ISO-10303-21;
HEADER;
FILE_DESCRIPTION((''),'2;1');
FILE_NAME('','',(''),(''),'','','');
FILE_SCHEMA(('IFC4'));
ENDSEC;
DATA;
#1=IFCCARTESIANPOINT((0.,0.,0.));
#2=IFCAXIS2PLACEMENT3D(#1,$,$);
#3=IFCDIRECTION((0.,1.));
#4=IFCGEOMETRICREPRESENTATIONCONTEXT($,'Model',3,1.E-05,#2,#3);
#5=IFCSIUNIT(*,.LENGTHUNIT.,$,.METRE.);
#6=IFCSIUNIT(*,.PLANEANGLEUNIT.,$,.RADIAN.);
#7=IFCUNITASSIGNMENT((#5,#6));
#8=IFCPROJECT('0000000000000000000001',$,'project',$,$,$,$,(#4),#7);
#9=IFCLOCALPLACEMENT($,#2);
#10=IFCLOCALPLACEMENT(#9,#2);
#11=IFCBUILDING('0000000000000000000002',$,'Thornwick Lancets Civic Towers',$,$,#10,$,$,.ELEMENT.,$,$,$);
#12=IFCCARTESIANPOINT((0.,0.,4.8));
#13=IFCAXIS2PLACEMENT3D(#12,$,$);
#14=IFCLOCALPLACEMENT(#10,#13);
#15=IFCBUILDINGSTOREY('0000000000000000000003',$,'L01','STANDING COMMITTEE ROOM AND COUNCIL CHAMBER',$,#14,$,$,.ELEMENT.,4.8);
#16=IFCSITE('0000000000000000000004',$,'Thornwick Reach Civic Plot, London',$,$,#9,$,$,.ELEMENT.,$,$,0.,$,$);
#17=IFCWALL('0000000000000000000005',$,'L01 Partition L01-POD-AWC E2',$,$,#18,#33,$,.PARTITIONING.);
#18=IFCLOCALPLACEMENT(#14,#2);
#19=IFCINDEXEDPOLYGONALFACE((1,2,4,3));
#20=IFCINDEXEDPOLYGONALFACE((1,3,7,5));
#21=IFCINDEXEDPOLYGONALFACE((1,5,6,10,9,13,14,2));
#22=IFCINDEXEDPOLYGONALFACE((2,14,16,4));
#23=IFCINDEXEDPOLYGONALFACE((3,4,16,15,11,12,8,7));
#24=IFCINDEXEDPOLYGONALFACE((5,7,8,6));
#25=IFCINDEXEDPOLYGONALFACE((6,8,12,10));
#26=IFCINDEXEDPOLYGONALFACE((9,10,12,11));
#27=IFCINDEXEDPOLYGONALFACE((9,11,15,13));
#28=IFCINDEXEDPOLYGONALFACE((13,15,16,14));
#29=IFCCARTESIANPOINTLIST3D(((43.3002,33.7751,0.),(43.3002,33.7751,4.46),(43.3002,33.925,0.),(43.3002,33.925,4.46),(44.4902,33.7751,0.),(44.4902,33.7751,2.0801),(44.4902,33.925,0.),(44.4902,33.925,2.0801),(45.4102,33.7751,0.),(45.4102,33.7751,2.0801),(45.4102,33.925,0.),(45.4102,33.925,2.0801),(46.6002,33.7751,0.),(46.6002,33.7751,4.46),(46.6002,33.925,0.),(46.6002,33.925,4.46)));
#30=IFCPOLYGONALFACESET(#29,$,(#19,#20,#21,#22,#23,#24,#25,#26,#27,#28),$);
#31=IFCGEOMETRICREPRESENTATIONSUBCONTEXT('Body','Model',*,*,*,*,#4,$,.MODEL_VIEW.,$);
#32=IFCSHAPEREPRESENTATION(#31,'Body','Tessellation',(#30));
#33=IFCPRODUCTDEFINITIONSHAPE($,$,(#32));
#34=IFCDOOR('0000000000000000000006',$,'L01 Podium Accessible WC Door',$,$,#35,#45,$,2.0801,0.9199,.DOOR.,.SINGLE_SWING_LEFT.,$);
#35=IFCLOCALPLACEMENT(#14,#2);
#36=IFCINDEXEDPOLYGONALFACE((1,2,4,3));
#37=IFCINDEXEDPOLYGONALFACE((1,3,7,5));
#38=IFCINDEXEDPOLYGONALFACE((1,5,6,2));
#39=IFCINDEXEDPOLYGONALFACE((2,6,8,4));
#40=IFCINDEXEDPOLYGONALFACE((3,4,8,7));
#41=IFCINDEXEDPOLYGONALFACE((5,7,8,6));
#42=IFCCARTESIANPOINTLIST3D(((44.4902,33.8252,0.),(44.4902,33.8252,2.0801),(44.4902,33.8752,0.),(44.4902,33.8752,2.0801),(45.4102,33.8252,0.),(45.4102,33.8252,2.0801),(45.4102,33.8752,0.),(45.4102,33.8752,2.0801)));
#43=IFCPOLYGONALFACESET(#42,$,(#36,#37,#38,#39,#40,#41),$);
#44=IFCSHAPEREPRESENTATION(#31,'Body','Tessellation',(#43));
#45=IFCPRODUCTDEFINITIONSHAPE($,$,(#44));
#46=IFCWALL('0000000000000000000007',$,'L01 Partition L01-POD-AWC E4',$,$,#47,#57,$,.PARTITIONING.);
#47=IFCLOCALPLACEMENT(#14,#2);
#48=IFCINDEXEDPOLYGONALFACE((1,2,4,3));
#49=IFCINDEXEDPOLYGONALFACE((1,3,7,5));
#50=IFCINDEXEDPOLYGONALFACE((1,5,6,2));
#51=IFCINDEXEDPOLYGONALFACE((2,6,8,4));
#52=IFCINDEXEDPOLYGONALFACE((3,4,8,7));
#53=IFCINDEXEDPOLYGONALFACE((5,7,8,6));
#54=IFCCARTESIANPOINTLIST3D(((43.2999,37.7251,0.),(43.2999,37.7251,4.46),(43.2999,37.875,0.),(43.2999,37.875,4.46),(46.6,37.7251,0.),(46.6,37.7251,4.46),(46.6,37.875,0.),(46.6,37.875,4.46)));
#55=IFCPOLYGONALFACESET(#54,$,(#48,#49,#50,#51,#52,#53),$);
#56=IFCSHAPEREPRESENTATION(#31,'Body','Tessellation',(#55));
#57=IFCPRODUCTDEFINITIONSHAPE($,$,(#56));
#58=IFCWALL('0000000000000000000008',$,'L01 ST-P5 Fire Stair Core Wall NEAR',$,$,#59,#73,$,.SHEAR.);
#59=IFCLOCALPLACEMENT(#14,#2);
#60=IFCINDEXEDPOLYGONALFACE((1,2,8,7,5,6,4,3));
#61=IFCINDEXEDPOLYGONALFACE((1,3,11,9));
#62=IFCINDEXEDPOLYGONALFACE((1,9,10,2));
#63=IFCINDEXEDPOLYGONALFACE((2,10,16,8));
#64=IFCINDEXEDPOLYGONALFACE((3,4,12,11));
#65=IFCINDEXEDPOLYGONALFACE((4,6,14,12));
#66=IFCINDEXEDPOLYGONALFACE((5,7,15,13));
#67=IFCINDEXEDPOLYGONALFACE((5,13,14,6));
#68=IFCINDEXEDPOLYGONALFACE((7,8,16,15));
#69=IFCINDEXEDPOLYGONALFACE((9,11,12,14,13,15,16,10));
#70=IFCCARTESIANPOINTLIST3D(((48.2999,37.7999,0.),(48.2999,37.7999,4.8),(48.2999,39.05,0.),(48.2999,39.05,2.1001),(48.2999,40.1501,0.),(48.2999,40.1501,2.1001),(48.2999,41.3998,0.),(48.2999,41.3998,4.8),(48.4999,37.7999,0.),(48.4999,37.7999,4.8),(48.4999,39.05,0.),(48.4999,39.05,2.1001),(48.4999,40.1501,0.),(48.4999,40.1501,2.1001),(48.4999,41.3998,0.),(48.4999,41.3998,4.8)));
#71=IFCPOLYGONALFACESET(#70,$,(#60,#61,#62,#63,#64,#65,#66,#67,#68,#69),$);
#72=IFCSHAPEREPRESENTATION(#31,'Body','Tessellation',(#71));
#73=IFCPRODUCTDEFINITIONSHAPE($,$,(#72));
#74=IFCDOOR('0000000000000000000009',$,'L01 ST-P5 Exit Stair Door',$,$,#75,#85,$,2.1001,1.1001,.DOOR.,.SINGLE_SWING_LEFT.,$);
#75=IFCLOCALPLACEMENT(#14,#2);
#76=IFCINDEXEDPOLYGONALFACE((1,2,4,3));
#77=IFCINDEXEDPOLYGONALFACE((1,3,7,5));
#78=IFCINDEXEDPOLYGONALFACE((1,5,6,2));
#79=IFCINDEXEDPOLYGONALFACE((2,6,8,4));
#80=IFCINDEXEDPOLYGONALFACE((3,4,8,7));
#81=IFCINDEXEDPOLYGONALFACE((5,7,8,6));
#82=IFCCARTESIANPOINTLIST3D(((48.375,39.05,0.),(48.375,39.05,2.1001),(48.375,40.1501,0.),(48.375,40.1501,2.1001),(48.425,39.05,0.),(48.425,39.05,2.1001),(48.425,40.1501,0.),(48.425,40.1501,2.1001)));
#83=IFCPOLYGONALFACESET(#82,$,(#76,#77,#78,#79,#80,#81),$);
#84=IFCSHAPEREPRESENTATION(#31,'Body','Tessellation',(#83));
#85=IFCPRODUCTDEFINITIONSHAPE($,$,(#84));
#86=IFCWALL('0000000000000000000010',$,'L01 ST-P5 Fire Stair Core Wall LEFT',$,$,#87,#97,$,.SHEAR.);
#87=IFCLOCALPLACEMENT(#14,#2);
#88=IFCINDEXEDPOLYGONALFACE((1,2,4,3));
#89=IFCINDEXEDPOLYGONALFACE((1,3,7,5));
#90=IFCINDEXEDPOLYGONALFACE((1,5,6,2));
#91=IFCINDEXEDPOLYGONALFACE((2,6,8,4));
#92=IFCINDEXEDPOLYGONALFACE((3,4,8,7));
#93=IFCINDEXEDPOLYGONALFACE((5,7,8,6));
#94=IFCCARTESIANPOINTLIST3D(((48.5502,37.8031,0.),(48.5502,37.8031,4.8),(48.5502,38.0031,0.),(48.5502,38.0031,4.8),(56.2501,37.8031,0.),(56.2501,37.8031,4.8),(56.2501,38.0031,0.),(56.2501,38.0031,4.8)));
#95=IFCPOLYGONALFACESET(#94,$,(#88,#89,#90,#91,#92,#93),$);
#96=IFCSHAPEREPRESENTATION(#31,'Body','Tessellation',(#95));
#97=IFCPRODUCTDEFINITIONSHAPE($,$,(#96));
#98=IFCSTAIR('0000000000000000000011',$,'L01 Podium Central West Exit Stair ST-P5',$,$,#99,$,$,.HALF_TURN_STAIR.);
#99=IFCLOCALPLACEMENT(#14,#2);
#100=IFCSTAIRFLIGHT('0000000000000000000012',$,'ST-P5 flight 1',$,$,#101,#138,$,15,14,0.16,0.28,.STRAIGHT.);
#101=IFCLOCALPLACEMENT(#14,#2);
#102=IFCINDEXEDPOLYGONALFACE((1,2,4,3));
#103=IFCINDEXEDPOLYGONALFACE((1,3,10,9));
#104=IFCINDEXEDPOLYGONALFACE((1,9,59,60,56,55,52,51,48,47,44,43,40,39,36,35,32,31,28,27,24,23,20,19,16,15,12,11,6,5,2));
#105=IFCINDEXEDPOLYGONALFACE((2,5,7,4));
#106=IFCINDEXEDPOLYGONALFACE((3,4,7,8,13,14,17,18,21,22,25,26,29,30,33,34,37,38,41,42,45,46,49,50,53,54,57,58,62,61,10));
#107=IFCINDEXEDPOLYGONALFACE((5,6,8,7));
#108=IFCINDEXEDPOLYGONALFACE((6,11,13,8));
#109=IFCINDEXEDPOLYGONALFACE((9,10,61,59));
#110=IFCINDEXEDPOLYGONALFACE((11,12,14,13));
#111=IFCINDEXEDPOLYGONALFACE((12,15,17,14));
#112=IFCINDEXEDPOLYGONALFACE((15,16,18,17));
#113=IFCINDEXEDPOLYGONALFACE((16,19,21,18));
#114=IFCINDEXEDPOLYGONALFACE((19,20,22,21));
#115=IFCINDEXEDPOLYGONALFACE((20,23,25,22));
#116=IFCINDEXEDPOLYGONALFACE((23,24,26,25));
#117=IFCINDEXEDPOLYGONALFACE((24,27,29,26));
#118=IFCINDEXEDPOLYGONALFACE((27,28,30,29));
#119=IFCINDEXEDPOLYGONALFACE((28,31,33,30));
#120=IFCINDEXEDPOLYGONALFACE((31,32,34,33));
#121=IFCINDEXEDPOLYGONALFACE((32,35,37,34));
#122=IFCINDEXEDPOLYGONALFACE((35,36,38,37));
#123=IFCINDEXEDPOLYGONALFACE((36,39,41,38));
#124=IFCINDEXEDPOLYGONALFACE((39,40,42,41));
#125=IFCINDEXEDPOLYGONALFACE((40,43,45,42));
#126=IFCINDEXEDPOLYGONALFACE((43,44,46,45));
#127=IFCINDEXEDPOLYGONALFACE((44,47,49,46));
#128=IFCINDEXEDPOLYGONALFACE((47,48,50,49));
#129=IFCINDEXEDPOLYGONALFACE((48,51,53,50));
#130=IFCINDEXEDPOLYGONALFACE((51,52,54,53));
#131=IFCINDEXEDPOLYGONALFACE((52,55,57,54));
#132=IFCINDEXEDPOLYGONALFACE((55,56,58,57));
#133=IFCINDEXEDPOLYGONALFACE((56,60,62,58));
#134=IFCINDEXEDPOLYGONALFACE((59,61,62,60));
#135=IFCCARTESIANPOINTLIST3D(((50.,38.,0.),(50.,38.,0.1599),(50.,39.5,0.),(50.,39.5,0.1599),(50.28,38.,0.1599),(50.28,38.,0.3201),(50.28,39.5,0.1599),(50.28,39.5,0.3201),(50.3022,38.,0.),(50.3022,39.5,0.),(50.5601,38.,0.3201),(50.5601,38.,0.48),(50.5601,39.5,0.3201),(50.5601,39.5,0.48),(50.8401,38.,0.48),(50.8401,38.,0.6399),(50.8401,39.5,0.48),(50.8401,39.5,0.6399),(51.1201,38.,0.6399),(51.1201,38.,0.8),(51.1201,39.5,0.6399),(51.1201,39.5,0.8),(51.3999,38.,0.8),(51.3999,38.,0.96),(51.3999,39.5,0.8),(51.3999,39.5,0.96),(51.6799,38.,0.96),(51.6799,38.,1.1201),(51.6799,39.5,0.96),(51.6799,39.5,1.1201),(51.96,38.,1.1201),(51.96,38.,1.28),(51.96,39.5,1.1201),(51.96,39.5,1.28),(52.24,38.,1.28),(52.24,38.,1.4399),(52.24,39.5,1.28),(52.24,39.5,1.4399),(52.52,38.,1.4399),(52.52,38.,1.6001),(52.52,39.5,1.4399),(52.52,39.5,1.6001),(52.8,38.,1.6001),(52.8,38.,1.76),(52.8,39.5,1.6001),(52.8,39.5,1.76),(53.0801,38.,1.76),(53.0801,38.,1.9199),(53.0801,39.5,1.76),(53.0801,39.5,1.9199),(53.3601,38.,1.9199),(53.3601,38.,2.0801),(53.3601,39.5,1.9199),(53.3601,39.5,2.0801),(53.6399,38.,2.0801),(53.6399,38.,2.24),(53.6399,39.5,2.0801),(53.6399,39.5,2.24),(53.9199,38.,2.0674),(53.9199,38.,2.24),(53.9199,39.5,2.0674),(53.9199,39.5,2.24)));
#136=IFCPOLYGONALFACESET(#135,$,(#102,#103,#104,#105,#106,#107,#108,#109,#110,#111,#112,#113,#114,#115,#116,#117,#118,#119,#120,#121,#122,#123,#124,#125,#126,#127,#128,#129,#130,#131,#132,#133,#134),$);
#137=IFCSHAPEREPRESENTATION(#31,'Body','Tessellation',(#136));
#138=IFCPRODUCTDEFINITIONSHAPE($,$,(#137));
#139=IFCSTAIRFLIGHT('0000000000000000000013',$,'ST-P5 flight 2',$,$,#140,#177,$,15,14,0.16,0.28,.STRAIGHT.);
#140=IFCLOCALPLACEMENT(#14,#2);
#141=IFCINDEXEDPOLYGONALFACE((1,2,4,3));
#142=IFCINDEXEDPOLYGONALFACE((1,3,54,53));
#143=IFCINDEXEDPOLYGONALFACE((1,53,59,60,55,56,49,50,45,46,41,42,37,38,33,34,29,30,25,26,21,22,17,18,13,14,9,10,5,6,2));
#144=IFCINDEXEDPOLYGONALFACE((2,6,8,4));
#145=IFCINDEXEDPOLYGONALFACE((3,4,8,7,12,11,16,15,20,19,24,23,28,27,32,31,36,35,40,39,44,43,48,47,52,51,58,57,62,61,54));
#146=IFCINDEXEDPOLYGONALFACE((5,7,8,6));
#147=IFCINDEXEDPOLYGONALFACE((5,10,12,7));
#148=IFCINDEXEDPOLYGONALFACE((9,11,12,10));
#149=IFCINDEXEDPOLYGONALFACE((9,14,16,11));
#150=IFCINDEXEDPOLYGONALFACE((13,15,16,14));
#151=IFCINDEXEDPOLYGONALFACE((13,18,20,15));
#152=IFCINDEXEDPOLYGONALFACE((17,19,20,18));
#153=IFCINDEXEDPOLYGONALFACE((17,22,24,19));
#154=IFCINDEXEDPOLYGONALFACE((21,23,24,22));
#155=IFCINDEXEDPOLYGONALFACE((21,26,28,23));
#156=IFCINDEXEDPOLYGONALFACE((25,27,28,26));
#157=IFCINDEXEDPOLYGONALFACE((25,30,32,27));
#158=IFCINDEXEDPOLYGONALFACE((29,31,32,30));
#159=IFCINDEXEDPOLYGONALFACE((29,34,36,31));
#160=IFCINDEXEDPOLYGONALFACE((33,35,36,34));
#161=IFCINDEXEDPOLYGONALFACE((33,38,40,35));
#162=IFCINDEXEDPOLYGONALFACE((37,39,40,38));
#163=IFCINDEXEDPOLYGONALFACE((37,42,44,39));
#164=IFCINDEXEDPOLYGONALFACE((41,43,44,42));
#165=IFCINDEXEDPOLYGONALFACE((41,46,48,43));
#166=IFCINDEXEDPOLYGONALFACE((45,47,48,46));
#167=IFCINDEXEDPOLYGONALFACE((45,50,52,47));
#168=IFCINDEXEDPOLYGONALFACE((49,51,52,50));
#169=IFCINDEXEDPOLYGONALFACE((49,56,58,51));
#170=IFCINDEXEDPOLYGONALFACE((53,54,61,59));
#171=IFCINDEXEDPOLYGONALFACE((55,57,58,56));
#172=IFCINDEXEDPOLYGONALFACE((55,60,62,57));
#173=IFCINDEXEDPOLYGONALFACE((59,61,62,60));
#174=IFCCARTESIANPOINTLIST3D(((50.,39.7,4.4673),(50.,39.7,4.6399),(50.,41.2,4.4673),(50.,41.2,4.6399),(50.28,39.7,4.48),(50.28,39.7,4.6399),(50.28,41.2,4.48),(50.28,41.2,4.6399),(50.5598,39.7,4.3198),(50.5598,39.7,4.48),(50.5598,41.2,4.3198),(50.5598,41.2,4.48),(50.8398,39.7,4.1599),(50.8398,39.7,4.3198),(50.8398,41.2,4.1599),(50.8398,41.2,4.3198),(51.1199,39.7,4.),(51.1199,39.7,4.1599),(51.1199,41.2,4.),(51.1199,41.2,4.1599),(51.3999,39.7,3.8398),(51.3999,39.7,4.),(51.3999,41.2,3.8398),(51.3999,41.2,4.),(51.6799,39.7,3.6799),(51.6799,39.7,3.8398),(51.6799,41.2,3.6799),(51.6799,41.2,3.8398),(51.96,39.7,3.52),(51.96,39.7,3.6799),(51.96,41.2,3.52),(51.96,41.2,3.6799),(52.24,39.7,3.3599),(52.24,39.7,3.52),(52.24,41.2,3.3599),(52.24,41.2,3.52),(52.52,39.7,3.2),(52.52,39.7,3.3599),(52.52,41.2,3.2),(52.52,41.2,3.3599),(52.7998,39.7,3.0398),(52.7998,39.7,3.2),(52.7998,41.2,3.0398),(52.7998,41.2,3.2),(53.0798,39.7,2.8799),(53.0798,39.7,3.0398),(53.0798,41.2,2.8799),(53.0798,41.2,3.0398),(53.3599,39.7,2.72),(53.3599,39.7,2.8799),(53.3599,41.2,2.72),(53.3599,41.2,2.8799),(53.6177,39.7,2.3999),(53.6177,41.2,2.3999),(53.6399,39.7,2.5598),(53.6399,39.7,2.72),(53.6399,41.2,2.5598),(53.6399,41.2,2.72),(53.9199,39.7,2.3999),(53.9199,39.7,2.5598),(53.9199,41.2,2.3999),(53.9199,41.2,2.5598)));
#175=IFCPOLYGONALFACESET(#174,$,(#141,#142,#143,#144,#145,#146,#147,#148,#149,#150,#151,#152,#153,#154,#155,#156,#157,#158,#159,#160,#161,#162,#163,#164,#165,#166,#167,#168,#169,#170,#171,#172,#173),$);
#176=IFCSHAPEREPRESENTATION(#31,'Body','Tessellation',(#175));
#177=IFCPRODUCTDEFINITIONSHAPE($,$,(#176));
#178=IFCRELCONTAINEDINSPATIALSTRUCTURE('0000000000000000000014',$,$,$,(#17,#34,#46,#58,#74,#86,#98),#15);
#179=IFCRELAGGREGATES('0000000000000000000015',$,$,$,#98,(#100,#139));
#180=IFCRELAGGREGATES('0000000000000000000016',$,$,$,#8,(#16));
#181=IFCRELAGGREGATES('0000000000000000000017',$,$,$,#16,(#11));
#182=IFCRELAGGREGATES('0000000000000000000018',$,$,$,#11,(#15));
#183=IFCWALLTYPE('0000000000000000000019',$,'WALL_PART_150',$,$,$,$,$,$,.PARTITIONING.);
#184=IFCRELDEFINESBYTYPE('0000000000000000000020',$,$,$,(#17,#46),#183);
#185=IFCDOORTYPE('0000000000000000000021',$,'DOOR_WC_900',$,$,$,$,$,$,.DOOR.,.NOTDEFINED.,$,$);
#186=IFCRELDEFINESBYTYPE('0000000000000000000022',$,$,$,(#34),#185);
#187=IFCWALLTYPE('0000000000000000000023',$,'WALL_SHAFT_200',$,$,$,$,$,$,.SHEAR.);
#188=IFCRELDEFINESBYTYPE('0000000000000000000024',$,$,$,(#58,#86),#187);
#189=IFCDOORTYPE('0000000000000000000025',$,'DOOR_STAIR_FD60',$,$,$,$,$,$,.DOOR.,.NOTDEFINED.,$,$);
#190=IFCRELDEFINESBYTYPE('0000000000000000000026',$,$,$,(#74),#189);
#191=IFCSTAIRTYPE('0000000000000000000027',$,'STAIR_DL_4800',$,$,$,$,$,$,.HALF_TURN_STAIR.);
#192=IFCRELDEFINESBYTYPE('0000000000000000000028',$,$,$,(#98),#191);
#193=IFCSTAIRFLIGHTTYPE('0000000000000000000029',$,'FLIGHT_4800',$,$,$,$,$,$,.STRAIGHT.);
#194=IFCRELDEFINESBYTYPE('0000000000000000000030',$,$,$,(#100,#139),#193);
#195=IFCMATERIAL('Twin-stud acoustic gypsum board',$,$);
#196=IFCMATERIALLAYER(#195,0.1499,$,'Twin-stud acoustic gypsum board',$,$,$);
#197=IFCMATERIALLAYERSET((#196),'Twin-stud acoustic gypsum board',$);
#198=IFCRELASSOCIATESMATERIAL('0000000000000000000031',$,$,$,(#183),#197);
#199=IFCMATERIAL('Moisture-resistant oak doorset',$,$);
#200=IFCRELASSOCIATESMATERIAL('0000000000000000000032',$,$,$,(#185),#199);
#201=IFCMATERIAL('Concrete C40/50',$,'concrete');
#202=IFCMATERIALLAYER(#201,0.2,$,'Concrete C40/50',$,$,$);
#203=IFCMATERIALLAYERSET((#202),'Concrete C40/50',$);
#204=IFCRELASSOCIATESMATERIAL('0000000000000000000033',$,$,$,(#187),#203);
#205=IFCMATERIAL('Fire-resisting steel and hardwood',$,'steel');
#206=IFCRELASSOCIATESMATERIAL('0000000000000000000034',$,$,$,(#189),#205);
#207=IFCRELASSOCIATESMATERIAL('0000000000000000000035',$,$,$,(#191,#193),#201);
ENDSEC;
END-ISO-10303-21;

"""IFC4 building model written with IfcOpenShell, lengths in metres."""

from ifc_helpers import new_model, si_unit, direction, frame, frame_2d, origin, place, context, subcontext, project, spatial, polyline, rectangle, outline, extrude, material, layer, layer_set, type_object, element, fill, aggregate, save


model = new_model("IFC4")

# Units and contexts
model_context = context("Model", 3, precision=1e-05, world=origin(), true_north=direction((0.0, 1.0)))
body_context = subcontext(model_context, "Body", "Model", "MODEL_VIEW")
ifc_project = project(units=[si_unit("LENGTHUNIT", "METRE"), si_unit("PLANEANGLEUNIT", "RADIAN")], contexts=[model_context])

# Site, building, storey
site_placement = place(None, origin())
site = spatial("IfcSite", under=ifc_project, at=site_placement, Name="Thornwick Reach Civic Plot, London", CompositionType="ELEMENT", RefElevation=0.0)
building_placement = place(site_placement, origin())
building = spatial("IfcBuilding", under=site, at=building_placement, Name="Thornwick Lancets Civic Towers", CompositionType="ELEMENT")
storey_placement = place(building_placement, frame((0.0, 0.0, 4.8)))
storey = spatial("IfcBuildingStorey", under=building, at=storey_placement, Name="L01", Description="STANDING COMMITTEE ROOM AND COUNCIL CHAMBER", CompositionType="ELEMENT", Elevation=4.8)

# Shared definitions
ifc_material_1 = material(Name="Twin-stud acoustic gypsum board")
ifc_layer_1 = layer(ifc_material_1, 0.1499, Name="Twin-stud acoustic gypsum board")
ifc_layer_set_1 = layer_set([ifc_layer_1], Name="Twin-stud acoustic gypsum board")
wall_type_1 = type_object("IfcWallType", Name="WALL_PART_150", PredefinedType="PARTITIONING", material=ifc_layer_set_1)

# Wall, opening, door
wall_1_placement = place(storey_placement, frame((46.6001, 33.8501, 0.0), z_axis=(0.0, 0.0, 1.0), x_axis=(-1.0, 0.0, 0.0)))
wall_1 = element("IfcWall", 1, at=wall_1_placement, inside=storey, type_object=wall_type_1, Name="L01 Partition L01-POD-AWC E2", PredefinedType="PARTITIONING", context=body_context, shape_type="SweptSolid", body=[
    extrude(rectangle(XDim=3.3, YDim=0.1499, at=frame_2d((1.6499, 0.0))), origin(), (0.0, 0.0, 1.0), 4.46),
])
opening_1_placement = place(wall_1_placement, frame((1.1899, 0.0, 0.0)))
opening_1 = element("IfcOpeningElement", 2, at=opening_1_placement, cuts=wall_1, PredefinedType="OPENING", context=body_context, shape_type="SweptSolid", body=[
    extrude(rectangle(XDim=0.9199, YDim=2.0801, at=frame_2d((0.46, 1.04))), frame((0.0, 0.085, 0.0), z_axis=(0.0, -1.0, 0.0), x_axis=(1.0, 0.0, 0.0)), (0.0, 0.0, 1.0), 0.1699),
])
ifc_material_2 = material(Name="Moisture-resistant oak doorset")
door_type_1 = type_object("IfcDoorType", Name="DOOR_WC_900", OperationType="NOTDEFINED", PredefinedType="DOOR", material=ifc_material_2)
door_1_placement = place(opening_1_placement, origin())
door_1 = element("IfcDoor", 3, at=door_1_placement, inside=storey, type_object=door_type_1, Name="L01 Podium Accessible WC Door", OperationType="SINGLE_SWING_LEFT", OverallHeight=2.0801, OverallWidth=0.9199, PredefinedType="DOOR", context=body_context, shape_type="SweptSolid", body=[
    extrude(rectangle(XDim=0.9199, YDim=2.0801, at=frame_2d((0.46, 1.04))), frame((0.0, 0.0249, 0.0), z_axis=(0.0, -1.0, 0.0), x_axis=(1.0, 0.0, 0.0)), (0.0, 0.0, 1.0), 0.05),
])
fill(opening_1, door_1)

# Wall
wall_2_placement = place(storey_placement, frame((43.3, 37.8, 0.0), z_axis=(0.0, 0.0, 1.0), x_axis=(1.0, 0.0, 0.0)))
element("IfcWall", 4, at=wall_2_placement, inside=storey, type_object=wall_type_1, Name="L01 Partition L01-POD-AWC E4", PredefinedType="PARTITIONING", context=body_context, shape_type="SweptSolid", body=[
    extrude(rectangle(XDim=3.3, YDim=0.1499, at=frame_2d((1.6499, 0.0))), origin(), (0.0, 0.0, 1.0), 4.46),
])

# Wall, opening, door
ifc_material_3 = material(Name="Concrete C40/50", Category="concrete")
ifc_layer_2 = layer(ifc_material_3, 0.2, Name="Concrete C40/50")
ifc_layer_set_2 = layer_set([ifc_layer_2], Name="Concrete C40/50")
wall_type_2 = type_object("IfcWallType", Name="WALL_SHAFT_200", PredefinedType="SHEAR", material=ifc_layer_set_2)
wall_3_placement = place(storey_placement, frame((48.3999, 37.8, 0.0), z_axis=(0.0, 0.0, 1.0), x_axis=(0.0, 1.0, 0.0)))
wall_3 = element("IfcWall", 5, at=wall_3_placement, inside=storey, type_object=wall_type_2, Name="L01 ST-P5 Fire Stair Core Wall NEAR", PredefinedType="SHEAR", context=body_context, shape_type="SweptSolid", body=[
    extrude(rectangle(XDim=3.5999, YDim=0.2, at=frame_2d((1.7998, 0.0))), origin(), (0.0, 0.0, 1.0), 4.8),
])
opening_2_placement = place(wall_3_placement, frame((1.25, 0.0, 0.0)))
opening_2 = element("IfcOpeningElement", 6, at=opening_2_placement, cuts=wall_3, PredefinedType="OPENING", context=body_context, shape_type="SweptSolid", body=[
    extrude(rectangle(XDim=1.1001, YDim=2.1001, at=frame_2d((0.55, 1.05))), frame((0.0, 0.1099, 0.0), z_axis=(0.0, -1.0, 0.0), x_axis=(1.0, 0.0, 0.0)), (0.0, 0.0, 1.0), 0.22),
])
ifc_material_4 = material(Name="Fire-resisting steel and hardwood", Category="steel")
door_type_2 = type_object("IfcDoorType", Name="DOOR_STAIR_FD60", OperationType="NOTDEFINED", PredefinedType="DOOR", material=ifc_material_4)
door_2_placement = place(opening_2_placement, origin())
door_2 = element("IfcDoor", 7, at=door_2_placement, inside=storey, type_object=door_type_2, Name="L01 ST-P5 Exit Stair Door", OperationType="SINGLE_SWING_LEFT", OverallHeight=2.1001, OverallWidth=1.1001, PredefinedType="DOOR", context=body_context, shape_type="SweptSolid", body=[
    extrude(rectangle(XDim=1.1001, YDim=2.1001, at=frame_2d((0.55, 1.05))), frame((0.0, 0.0249, 0.0), z_axis=(0.0, -1.0, 0.0), x_axis=(1.0, 0.0, 0.0)), (0.0, 0.0, 1.0), 0.05),
])
fill(opening_2, door_2)

# Wall
wall_4_placement = place(storey_placement, frame((48.55, 37.9031, 0.0), z_axis=(0.0, 0.0, 1.0), x_axis=(1.0, 0.0, 0.0)))
element("IfcWall", 8, at=wall_4_placement, inside=storey, type_object=wall_type_2, Name="L01 ST-P5 Fire Stair Core Wall LEFT", PredefinedType="SHEAR", context=body_context, shape_type="SweptSolid", body=[
    extrude(rectangle(XDim=7.7, YDim=0.2, at=frame_2d((3.8501, 0.0))), origin(), (0.0, 0.0, 1.0), 4.8),
])

# Stair, stair flights
stair_type = type_object("IfcStairType", Name="STAIR_DL_4800", PredefinedType="HALF_TURN_STAIR", material=ifc_material_3)
stair_placement = place(storey_placement, origin())
stair = element("IfcStair", 9, at=stair_placement, inside=storey, type_object=stair_type, Name="L01 Podium Central West Exit Stair ST-P5", PredefinedType="HALF_TURN_STAIR")
stair_flight_type = type_object("IfcStairFlightType", Name="FLIGHT_4800", PredefinedType="STRAIGHT", material=ifc_material_3)
stair_flight_1_placement = place(storey_placement, frame((50.0, 38.75, 0.0), z_axis=(0.0, 0.0, 1.0), x_axis=(1.0, 0.0, 0.0)))
stair_flight_1 = element("IfcStairFlight", 10, at=stair_flight_1_placement, type_object=stair_flight_type, Name="ST-P5 flight 1", NumberOfRisers=15, NumberOfTreads=14, PredefinedType="STRAIGHT", RiserHeight=0.16, TreadLength=0.28, context=body_context, shape_type="SweptSolid", body=[
    extrude(outline(polyline([(0.0, 0.0), (0.0, 0.1599), (0.28, 0.1599), (0.28, 0.3201), (0.5601, 0.3201), (0.5601, 0.48), (0.8401, 0.48), (0.8401, 0.6399), (1.1201, 0.6399), (1.1201, 0.8), (1.3999, 0.8), (1.3999, 0.96), (1.6799, 0.96), (1.6799, 1.1201), (1.96, 1.1201), (1.96, 1.28), (2.24, 1.28), (2.24, 1.4399), (2.52, 1.4399), (2.52, 1.6001), (2.8, 1.6001), (2.8, 1.76), (3.0801, 1.76), (3.0801, 1.9199), (3.3601, 1.9199), (3.3601, 2.0801), (3.6399, 2.0801), (3.6399, 2.24), (3.9199, 2.24), (3.9199, 2.3999), (3.9199, 2.0674), (0.3022, 0.0), (0.0, 0.0)])), frame((0.0, 0.75, 0.0), z_axis=(0.0, -1.0, 0.0), x_axis=(1.0, 0.0, 0.0)), (0.0, 0.0, 1.0), 1.5),
])
stair_flight_2_placement = place(storey_placement, frame((53.9199, 40.45, 2.3999), z_axis=(0.0, 0.0, 1.0), x_axis=(-1.0, 0.0, 0.0)))
stair_flight_2 = element("IfcStairFlight", 11, at=stair_flight_2_placement, type_object=stair_flight_type, Name="ST-P5 flight 2", NumberOfRisers=15, NumberOfTreads=14, PredefinedType="STRAIGHT", RiserHeight=0.16, TreadLength=0.28, context=body_context, shape_type="SweptSolid", body=[
    extrude(outline(polyline([(0.0, 0.0), (0.0, 0.1599), (0.28, 0.1599), (0.28, 0.3201), (0.5601, 0.3201), (0.5601, 0.48), (0.8401, 0.48), (0.8401, 0.6399), (1.1201, 0.6399), (1.1201, 0.8), (1.3999, 0.8), (1.3999, 0.96), (1.6799, 0.96), (1.6799, 1.1201), (1.96, 1.1201), (1.96, 1.28), (2.24, 1.28), (2.24, 1.4399), (2.52, 1.4399), (2.52, 1.6001), (2.8, 1.6001), (2.8, 1.76), (3.0801, 1.76), (3.0801, 1.9199), (3.3601, 1.9199), (3.3601, 2.0801), (3.6399, 2.0801), (3.6399, 2.24), (3.9199, 2.24), (3.9199, 2.3999), (3.9199, 2.0674), (0.3022, 0.0), (0.0, 0.0)])), frame((0.0, 0.75, 0.0), z_axis=(0.0, -1.0, 0.0), x_axis=(1.0, 0.0, 0.0)), (0.0, 0.0, 1.0), 1.5),
])
aggregate(stair, [stair_flight_1, stair_flight_2])

save(model, "model.ifc")
